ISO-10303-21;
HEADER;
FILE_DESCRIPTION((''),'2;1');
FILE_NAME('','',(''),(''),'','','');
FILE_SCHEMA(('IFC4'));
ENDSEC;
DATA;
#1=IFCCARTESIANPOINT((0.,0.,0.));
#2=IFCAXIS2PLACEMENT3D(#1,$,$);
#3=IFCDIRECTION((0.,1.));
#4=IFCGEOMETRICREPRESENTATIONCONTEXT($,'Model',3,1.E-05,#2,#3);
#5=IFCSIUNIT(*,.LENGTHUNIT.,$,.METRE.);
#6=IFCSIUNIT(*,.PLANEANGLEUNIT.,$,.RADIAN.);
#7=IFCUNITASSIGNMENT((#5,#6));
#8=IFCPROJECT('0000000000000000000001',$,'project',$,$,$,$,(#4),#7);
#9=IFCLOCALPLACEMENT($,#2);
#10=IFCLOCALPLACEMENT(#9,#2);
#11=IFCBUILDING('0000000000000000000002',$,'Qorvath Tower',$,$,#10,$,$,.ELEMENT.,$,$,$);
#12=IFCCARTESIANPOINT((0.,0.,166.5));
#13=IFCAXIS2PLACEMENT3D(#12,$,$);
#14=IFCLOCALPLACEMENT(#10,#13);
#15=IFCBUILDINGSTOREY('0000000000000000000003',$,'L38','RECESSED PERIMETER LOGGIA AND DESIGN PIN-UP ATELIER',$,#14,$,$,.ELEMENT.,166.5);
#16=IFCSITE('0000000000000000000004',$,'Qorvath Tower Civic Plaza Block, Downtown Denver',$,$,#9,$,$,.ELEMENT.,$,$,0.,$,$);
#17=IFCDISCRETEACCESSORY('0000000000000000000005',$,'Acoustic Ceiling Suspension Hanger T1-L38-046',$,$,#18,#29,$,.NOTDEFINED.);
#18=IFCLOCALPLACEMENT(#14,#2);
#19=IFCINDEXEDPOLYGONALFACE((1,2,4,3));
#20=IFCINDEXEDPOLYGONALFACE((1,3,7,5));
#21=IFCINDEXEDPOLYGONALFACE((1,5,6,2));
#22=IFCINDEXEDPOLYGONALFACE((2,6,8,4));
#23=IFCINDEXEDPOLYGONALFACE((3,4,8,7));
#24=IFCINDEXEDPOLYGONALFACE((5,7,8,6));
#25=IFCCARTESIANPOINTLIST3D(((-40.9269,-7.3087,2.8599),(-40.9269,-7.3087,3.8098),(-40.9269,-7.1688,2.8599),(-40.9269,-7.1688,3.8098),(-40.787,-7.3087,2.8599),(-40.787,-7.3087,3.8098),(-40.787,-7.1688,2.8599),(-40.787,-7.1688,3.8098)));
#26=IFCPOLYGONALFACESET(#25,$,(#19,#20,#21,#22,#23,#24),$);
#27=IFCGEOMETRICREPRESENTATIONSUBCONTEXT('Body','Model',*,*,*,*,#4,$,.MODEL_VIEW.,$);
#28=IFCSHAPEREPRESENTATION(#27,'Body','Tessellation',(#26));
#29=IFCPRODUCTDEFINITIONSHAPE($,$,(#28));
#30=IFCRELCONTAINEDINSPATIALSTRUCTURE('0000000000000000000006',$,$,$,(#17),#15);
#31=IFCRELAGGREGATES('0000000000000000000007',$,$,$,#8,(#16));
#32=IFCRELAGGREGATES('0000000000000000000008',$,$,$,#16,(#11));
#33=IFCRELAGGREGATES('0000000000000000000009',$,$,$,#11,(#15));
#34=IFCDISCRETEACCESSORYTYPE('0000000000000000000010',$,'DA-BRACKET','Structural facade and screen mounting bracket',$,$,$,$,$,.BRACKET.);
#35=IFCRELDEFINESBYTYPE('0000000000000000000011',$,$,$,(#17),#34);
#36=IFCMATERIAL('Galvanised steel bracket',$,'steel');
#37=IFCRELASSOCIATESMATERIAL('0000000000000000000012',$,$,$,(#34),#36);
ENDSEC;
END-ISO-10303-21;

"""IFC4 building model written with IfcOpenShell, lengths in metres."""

from ifc_helpers import new_model, si_unit, direction, frame, origin, origin_2d, place, context, subcontext, project, spatial, rectangle, extrude, material, type_object, element, save


model = new_model("IFC4")

# Units and contexts
model_context = context("Model", 3, precision=1e-05, world=origin(), true_north=direction((0.0, 1.0)))
body_context = subcontext(model_context, "Body", "Model", "MODEL_VIEW")
ifc_project = project(units=[si_unit("LENGTHUNIT", "METRE"), si_unit("PLANEANGLEUNIT", "RADIAN")], contexts=[model_context])

# Site, building, storey
site_placement = place(None, origin())
site = spatial("IfcSite", under=ifc_project, at=site_placement, Name="Qorvath Tower Civic Plaza Block, Downtown Denver", CompositionType="ELEMENT", RefElevation=0.0)
building_placement = place(site_placement, origin())
building = spatial("IfcBuilding", under=site, at=building_placement, Name="Qorvath Tower", CompositionType="ELEMENT")
storey_placement = place(building_placement, frame((0.0, 0.0, 166.5)))
storey = spatial("IfcBuildingStorey", under=building, at=storey_placement, Name="L38", Description="RECESSED PERIMETER LOGGIA AND DESIGN PIN-UP ATELIER", CompositionType="ELEMENT", Elevation=166.5)

# Discrete accessory
ifc_material_1 = material(Name="Galvanised steel bracket", Category="steel")
discrete_accessory_type = type_object("IfcDiscreteAccessoryType", Name="DA-BRACKET", Description="Structural facade and screen mounting bracket", PredefinedType="BRACKET", material=ifc_material_1)
for number, where, z_axis, x_axis, name in (
    (1, (-40.8569, -7.2388, 2.8599), (0.0, 0.0, 1.0), (1.0, 0.0, 0.0), "Acoustic Ceiling Suspension Hanger T1-L38-046"),
):
    element("IfcDiscreteAccessory", number, at=place(storey_placement, frame(where, z_axis=z_axis, x_axis=x_axis)), inside=storey, type_object=discrete_accessory_type, Name=name, PredefinedType="NOTDEFINED", context=body_context, shape_type="SweptSolid", body=[
        extrude(rectangle(XDim=0.1399, YDim=0.1399, at=origin_2d()), origin(), (0.0, 0.0, 1.0), 0.95),
    ])

save(model, "model.ifc")
